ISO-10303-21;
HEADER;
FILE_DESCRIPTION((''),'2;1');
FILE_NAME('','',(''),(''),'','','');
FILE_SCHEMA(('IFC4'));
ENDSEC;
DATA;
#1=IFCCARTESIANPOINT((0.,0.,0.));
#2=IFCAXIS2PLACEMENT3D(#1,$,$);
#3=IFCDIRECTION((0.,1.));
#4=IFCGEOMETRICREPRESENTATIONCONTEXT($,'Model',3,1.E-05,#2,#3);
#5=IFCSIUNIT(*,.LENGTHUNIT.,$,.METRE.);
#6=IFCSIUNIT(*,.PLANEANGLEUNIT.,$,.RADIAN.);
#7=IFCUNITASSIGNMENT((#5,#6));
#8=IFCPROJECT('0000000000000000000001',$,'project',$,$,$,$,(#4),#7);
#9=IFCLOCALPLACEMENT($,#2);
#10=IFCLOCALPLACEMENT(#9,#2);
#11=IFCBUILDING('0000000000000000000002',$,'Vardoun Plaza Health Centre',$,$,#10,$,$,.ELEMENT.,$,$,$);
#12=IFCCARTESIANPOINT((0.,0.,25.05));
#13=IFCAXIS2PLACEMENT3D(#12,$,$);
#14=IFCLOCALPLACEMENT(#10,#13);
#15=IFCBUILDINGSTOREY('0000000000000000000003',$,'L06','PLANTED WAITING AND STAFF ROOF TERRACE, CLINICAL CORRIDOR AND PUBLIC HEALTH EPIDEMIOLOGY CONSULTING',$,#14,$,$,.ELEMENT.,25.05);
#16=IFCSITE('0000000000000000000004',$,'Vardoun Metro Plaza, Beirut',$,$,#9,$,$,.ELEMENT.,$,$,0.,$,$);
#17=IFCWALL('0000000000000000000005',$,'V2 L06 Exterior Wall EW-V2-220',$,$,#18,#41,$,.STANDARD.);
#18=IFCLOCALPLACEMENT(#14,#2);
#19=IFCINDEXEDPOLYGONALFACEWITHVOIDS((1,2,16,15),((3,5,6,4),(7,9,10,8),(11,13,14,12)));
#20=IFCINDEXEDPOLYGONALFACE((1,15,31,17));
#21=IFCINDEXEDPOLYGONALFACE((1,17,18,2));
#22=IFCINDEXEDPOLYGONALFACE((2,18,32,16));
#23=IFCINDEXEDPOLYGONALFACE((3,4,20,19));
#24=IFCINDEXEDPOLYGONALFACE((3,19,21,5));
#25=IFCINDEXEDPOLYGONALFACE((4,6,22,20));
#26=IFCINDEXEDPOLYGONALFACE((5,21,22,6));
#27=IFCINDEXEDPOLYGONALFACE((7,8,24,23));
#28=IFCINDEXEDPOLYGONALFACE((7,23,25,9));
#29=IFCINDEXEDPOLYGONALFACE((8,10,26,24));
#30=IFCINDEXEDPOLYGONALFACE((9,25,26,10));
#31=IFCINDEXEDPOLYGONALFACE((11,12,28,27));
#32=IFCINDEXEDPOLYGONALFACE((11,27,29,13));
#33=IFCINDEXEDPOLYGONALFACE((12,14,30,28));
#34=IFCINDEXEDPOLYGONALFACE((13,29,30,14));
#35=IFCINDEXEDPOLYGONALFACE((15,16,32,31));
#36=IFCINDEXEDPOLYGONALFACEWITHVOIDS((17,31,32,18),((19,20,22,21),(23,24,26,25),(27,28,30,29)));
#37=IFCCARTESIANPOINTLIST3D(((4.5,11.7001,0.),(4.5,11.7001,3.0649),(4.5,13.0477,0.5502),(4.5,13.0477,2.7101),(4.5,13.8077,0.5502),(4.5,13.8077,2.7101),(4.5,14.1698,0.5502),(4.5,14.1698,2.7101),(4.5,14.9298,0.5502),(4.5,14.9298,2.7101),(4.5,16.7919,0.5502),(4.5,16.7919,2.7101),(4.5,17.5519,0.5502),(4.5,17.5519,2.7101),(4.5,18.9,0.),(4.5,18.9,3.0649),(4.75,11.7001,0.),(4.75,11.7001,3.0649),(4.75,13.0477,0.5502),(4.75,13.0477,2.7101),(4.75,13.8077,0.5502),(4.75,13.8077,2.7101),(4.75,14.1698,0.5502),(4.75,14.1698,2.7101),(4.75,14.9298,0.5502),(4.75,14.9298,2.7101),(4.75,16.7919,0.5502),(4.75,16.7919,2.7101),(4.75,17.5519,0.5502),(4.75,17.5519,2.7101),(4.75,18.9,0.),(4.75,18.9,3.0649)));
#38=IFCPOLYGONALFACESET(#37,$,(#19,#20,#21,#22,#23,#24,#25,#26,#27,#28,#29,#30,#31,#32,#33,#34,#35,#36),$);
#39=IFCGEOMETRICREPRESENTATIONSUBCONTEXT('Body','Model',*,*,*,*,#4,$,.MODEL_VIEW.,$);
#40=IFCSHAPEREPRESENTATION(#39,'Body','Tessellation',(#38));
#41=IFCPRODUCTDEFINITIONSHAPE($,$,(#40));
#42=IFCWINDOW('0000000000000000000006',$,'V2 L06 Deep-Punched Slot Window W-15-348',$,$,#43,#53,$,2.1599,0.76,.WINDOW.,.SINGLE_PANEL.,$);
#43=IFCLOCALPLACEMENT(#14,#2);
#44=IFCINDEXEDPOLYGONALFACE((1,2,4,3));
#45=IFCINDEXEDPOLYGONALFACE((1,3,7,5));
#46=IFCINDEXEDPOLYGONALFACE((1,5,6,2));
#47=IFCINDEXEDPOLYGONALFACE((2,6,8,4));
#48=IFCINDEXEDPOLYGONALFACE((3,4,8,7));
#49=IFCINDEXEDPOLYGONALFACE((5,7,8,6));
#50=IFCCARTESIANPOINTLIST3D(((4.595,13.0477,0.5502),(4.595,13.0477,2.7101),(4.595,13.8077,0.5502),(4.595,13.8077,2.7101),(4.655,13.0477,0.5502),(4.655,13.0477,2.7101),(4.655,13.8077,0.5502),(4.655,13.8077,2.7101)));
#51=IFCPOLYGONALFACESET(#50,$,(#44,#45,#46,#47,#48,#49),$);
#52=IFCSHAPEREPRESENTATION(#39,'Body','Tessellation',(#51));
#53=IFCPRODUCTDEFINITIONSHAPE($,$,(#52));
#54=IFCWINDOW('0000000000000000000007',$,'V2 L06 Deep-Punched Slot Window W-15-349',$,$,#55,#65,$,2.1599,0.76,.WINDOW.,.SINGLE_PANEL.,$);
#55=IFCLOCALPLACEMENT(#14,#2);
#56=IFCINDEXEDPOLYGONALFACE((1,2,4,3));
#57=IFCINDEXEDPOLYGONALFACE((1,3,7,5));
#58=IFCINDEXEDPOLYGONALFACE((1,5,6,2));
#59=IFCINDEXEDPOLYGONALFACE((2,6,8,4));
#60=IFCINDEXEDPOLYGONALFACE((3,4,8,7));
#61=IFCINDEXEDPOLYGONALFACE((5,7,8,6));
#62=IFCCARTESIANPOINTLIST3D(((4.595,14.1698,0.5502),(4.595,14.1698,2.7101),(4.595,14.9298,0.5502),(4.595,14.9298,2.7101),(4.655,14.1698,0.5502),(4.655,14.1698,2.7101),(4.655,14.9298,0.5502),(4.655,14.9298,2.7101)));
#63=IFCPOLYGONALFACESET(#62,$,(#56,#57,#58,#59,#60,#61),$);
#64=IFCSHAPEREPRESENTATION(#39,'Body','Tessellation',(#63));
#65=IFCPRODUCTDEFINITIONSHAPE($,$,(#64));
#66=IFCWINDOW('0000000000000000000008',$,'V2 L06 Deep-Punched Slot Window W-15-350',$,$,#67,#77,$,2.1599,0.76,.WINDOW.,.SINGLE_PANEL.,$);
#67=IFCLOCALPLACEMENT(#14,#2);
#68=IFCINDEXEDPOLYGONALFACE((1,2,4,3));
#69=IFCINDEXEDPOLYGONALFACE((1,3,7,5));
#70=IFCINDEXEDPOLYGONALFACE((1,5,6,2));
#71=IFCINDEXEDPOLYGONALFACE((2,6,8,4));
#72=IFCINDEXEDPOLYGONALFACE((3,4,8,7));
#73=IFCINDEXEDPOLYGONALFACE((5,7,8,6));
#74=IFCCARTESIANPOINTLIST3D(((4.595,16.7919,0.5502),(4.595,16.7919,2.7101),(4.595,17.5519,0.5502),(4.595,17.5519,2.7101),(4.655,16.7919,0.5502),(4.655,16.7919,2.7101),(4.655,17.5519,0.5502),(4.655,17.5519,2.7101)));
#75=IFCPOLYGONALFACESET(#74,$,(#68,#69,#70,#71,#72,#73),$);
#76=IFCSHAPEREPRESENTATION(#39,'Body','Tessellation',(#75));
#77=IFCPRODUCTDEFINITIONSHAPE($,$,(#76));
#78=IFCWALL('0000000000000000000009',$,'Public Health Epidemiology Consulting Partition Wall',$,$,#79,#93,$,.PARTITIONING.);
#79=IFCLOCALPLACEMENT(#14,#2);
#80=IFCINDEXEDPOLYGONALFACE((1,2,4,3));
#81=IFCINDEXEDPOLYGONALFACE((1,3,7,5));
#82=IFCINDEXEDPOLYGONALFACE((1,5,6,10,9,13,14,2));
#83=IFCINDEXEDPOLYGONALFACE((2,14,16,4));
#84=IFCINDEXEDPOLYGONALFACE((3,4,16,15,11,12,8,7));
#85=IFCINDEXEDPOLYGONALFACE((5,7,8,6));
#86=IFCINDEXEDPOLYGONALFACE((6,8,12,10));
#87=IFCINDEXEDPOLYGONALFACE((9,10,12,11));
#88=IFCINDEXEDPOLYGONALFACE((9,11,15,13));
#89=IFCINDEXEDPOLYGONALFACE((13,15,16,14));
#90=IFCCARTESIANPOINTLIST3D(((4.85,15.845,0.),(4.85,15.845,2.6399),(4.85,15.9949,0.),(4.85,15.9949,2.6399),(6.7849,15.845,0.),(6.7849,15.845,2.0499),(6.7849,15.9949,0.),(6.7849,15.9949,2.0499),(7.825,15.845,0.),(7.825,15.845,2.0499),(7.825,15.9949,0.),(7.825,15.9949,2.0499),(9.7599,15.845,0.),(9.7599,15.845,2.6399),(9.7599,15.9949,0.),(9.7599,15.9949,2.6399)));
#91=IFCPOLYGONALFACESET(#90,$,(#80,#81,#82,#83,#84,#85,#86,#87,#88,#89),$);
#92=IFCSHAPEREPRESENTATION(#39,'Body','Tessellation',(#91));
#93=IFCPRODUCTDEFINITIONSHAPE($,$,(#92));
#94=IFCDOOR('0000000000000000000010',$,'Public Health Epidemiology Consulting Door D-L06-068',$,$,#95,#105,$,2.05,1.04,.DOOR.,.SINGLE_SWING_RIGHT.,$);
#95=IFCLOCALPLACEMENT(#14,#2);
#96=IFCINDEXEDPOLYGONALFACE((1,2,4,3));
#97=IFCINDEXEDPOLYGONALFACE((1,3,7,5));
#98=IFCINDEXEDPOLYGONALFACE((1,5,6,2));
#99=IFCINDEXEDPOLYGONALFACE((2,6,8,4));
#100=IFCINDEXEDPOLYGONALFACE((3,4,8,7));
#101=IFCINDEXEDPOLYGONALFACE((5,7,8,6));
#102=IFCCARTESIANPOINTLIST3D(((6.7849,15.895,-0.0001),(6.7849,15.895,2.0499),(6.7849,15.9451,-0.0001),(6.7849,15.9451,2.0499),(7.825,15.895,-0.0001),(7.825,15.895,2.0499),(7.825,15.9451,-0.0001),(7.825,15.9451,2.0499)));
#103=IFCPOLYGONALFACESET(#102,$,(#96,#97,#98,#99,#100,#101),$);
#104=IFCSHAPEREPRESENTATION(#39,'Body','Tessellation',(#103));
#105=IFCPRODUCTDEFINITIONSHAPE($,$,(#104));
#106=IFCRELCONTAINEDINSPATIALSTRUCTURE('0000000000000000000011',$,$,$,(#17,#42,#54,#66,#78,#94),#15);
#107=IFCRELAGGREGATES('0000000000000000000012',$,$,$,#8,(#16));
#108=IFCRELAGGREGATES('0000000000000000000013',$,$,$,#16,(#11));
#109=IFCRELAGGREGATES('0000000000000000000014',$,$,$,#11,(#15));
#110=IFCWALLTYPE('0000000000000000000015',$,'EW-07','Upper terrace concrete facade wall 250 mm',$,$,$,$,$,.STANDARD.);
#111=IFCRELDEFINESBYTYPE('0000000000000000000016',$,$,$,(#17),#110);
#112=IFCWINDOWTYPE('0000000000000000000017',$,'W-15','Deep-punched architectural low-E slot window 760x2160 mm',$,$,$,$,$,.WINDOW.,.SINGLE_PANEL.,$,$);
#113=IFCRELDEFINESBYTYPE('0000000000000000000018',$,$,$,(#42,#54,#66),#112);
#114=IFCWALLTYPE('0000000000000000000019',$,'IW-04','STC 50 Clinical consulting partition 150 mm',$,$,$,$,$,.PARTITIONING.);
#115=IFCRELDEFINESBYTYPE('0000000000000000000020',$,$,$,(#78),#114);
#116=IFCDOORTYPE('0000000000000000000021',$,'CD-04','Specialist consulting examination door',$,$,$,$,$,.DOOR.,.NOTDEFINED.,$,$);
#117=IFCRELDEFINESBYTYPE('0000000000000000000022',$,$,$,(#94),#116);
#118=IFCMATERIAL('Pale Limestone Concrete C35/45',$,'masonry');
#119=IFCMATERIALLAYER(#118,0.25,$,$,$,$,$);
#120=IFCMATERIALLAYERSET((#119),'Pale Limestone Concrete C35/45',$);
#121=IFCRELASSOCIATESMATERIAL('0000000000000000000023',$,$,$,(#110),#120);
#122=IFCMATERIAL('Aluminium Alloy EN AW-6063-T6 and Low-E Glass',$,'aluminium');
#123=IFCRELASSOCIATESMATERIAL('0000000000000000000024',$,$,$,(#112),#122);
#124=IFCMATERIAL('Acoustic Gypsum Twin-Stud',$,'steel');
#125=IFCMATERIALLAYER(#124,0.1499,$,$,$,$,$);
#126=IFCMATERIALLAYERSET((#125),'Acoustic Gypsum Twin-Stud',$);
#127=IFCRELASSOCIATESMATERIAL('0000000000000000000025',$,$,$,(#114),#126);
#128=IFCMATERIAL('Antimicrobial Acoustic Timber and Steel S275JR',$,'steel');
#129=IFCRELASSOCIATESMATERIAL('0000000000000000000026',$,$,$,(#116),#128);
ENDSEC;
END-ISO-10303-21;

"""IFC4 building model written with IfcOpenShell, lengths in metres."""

from ifc_helpers import new_model, si_unit, direction, frame, frame_2d, origin, place, context, subcontext, project, spatial, rectangle, extrude, material, layer, layer_set, type_object, element, fill, save


model = new_model("IFC4")

# Units and contexts
model_context = context("Model", 3, precision=1e-05, world=origin(), true_north=direction((0.0, 1.0)))
body_context = subcontext(model_context, "Body", "Model", "MODEL_VIEW")
ifc_project = project(units=[si_unit("LENGTHUNIT", "METRE"), si_unit("PLANEANGLEUNIT", "RADIAN")], contexts=[model_context])

# Site, building, storey
site_placement = place(None, origin())
site = spatial("IfcSite", under=ifc_project, at=site_placement, Name="Vardoun Metro Plaza, Beirut", CompositionType="ELEMENT", RefElevation=0.0)
building_placement = place(site_placement, origin())
building = spatial("IfcBuilding", under=site, at=building_placement, Name="Vardoun Plaza Health Centre", CompositionType="ELEMENT")
storey_placement = place(building_placement, frame((0.0, 0.0, 25.05)))
storey = spatial("IfcBuildingStorey", under=building, at=storey_placement, Name="L06", Description="PLANTED WAITING AND STAFF ROOF TERRACE, CLINICAL CORRIDOR AND PUBLIC HEALTH EPIDEMIOLOGY CONSULTING", CompositionType="ELEMENT", Elevation=25.05)

# Wall, openings, windows
ifc_material_1 = material(Name="Pale Limestone Concrete C35/45", Category="masonry")
ifc_layer_1 = layer(ifc_material_1, 0.25)
ifc_layer_set_1 = layer_set([ifc_layer_1], Name="Pale Limestone Concrete C35/45")
wall_type_1 = type_object("IfcWallType", Name="EW-07", Description="Upper terrace concrete facade wall 250 mm", PredefinedType="STANDARD", material=ifc_layer_set_1)
wall_1_placement = place(storey_placement, frame((4.625, 11.7, 0.0), z_axis=(0.0, 0.0, 1.0), x_axis=(0.0, 1.0, 0.0)))
wall_1 = element("IfcWall", 1, at=wall_1_placement, inside=storey, type_object=wall_type_1, Name="V2 L06 Exterior Wall EW-V2-220", PredefinedType="STANDARD", context=body_context, shape_type="SweptSolid", body=[
    extrude(rectangle(XDim=7.2, YDim=0.25, at=frame_2d((3.6001, 0.0))), origin(), (0.0, 0.0, 1.0), 3.0649),
])
opening_1_placement = place(wall_1_placement, frame((1.3479, 0.0, 0.55)))
opening_1 = element("IfcOpeningElement", 2, at=opening_1_placement, cuts=wall_1, PredefinedType="OPENING", context=body_context, shape_type="SweptSolid", body=[
    extrude(rectangle(XDim=0.76, YDim=2.1599, at=frame_2d((0.3799, 1.0801))), frame((0.0, 0.125, 0.0), z_axis=(0.0, -1.0, 0.0), x_axis=(1.0, 0.0, 0.0)), (0.0, 0.0, 1.0), 0.25),
])
opening_2_placement = place(wall_1_placement, frame((2.47, 0.0, 0.55)))
opening_2 = element("IfcOpeningElement", 3, at=opening_2_placement, cuts=wall_1, PredefinedType="OPENING", context=body_context, shape_type="SweptSolid", body=[
    extrude(rectangle(XDim=0.76, YDim=2.1599, at=frame_2d((0.3799, 1.0801))), frame((0.0, 0.125, 0.0), z_axis=(0.0, -1.0, 0.0), x_axis=(1.0, 0.0, 0.0)), (0.0, 0.0, 1.0), 0.25),
])
opening_3_placement = place(wall_1_placement, frame((5.092, 0.0, 0.55)))
opening_3 = element("IfcOpeningElement", 4, at=opening_3_placement, cuts=wall_1, PredefinedType="OPENING", context=body_context, shape_type="SweptSolid", body=[
    extrude(rectangle(XDim=0.76, YDim=2.1599, at=frame_2d((0.3799, 1.0801))), frame((0.0, 0.125, 0.0), z_axis=(0.0, -1.0, 0.0), x_axis=(1.0, 0.0, 0.0)), (0.0, 0.0, 1.0), 0.25),
])
ifc_material_2 = material(Name="Aluminium Alloy EN AW-6063-T6 and Low-E Glass", Category="aluminium")
window_type = type_object("IfcWindowType", Name="W-15", Description="Deep-punched architectural low-E slot window 760x2160 mm", PartitioningType="SINGLE_PANEL", PredefinedType="WINDOW", material=ifc_material_2)
window_1_placement = place(opening_1_placement, origin())
window_1 = element("IfcWindow", 5, at=window_1_placement, inside=storey, type_object=window_type, Name="V2 L06 Deep-Punched Slot Window W-15-348", OverallHeight=2.1599, OverallWidth=0.76, PartitioningType="SINGLE_PANEL", PredefinedType="WINDOW", context=body_context, shape_type="SweptSolid", body=[
    extrude(rectangle(XDim=0.76, YDim=2.1599, at=frame_2d((0.3799, 1.0801))), frame((0.0, 0.03, 0.0), z_axis=(0.0, -1.0, 0.0), x_axis=(1.0, 0.0, 0.0)), (0.0, 0.0, 1.0), 0.0601),
])
fill(opening_1, window_1)
window_2_placement = place(opening_2_placement, origin())
window_2 = element("IfcWindow", 6, at=window_2_placement, inside=storey, type_object=window_type, Name="V2 L06 Deep-Punched Slot Window W-15-349", OverallHeight=2.1599, OverallWidth=0.76, PartitioningType="SINGLE_PANEL", PredefinedType="WINDOW", context=body_context, shape_type="SweptSolid", body=[
    extrude(rectangle(XDim=0.76, YDim=2.1599, at=frame_2d((0.3799, 1.0801))), frame((0.0, 0.03, 0.0), z_axis=(0.0, -1.0, 0.0), x_axis=(1.0, 0.0, 0.0)), (0.0, 0.0, 1.0), 0.0601),
])
fill(opening_2, window_2)
window_3_placement = place(opening_3_placement, origin())
window_3 = element("IfcWindow", 7, at=window_3_placement, inside=storey, type_object=window_type, Name="V2 L06 Deep-Punched Slot Window W-15-350", OverallHeight=2.1599, OverallWidth=0.76, PartitioningType="SINGLE_PANEL", PredefinedType="WINDOW", context=body_context, shape_type="SweptSolid", body=[
    extrude(rectangle(XDim=0.76, YDim=2.1599, at=frame_2d((0.3799, 1.0801))), frame((0.0, 0.03, 0.0), z_axis=(0.0, -1.0, 0.0), x_axis=(1.0, 0.0, 0.0)), (0.0, 0.0, 1.0), 0.0601),
])
fill(opening_3, window_3)

# Wall, opening, door
ifc_material_3 = material(Name="Acoustic Gypsum Twin-Stud", Category="steel")
ifc_layer_2 = layer(ifc_material_3, 0.1499)
ifc_layer_set_2 = layer_set([ifc_layer_2], Name="Acoustic Gypsum Twin-Stud")
wall_type_2 = type_object("IfcWallType", Name="IW-04", Description="STC 50 Clinical consulting partition 150 mm", PredefinedType="PARTITIONING", material=ifc_layer_set_2)
wall_2_placement = place(storey_placement, frame((9.76, 15.9199, 0.0), z_axis=(0.0, 0.0, 1.0), x_axis=(-1.0, 0.0, 0.0)))
wall_2 = element("IfcWall", 8, at=wall_2_placement, inside=storey, type_object=wall_type_2, Name="Public Health Epidemiology Consulting Partition Wall", PredefinedType="PARTITIONING", context=body_context, shape_type="SweptSolid", body=[
    extrude(rectangle(XDim=4.9099, YDim=0.1499, at=frame_2d((2.4551, 0.0))), origin(), (0.0, 0.0, 1.0), 2.6399),
])
opening_4_placement = place(wall_2_placement, frame((1.9351, 0.0, 0.0)))
opening_4 = element("IfcOpeningElement", 9, at=opening_4_placement, cuts=wall_2, PredefinedType="OPENING", context=body_context, shape_type="SweptSolid", body=[
    extrude(rectangle(XDim=1.04, YDim=2.05, at=frame_2d((0.52, 1.0249))), frame((0.0, 0.075, 0.0), z_axis=(0.0, -1.0, 0.0), x_axis=(1.0, 0.0, 0.0)), (0.0, 0.0, 1.0), 0.1499),
])
ifc_material_4 = material(Name="Antimicrobial Acoustic Timber and Steel S275JR", Category="steel")
door_type_1 = type_object("IfcDoorType", Name="CD-04", Description="Specialist consulting examination door", OperationType="NOTDEFINED", PredefinedType="DOOR", material=ifc_material_4)
door_1_placement = place(opening_4_placement, origin())
door_1 = element("IfcDoor", 10, at=door_1_placement, inside=storey, type_object=door_type_1, Name="Public Health Epidemiology Consulting Door D-L06-068", OperationType="SINGLE_SWING_RIGHT", OverallHeight=2.05, OverallWidth=1.04, PredefinedType="DOOR", context=body_context, shape_type="SweptSolid", body=[
    extrude(rectangle(XDim=1.04, YDim=2.05, at=frame_2d((0.52, 1.0249))), frame((0.0, 0.0249, 0.0), z_axis=(0.0, -1.0, 0.0), x_axis=(1.0, 0.0, 0.0)), (0.0, 0.0, 1.0), 0.05),
])
fill(opening_4, door_1)

save(model, "model.ifc")
